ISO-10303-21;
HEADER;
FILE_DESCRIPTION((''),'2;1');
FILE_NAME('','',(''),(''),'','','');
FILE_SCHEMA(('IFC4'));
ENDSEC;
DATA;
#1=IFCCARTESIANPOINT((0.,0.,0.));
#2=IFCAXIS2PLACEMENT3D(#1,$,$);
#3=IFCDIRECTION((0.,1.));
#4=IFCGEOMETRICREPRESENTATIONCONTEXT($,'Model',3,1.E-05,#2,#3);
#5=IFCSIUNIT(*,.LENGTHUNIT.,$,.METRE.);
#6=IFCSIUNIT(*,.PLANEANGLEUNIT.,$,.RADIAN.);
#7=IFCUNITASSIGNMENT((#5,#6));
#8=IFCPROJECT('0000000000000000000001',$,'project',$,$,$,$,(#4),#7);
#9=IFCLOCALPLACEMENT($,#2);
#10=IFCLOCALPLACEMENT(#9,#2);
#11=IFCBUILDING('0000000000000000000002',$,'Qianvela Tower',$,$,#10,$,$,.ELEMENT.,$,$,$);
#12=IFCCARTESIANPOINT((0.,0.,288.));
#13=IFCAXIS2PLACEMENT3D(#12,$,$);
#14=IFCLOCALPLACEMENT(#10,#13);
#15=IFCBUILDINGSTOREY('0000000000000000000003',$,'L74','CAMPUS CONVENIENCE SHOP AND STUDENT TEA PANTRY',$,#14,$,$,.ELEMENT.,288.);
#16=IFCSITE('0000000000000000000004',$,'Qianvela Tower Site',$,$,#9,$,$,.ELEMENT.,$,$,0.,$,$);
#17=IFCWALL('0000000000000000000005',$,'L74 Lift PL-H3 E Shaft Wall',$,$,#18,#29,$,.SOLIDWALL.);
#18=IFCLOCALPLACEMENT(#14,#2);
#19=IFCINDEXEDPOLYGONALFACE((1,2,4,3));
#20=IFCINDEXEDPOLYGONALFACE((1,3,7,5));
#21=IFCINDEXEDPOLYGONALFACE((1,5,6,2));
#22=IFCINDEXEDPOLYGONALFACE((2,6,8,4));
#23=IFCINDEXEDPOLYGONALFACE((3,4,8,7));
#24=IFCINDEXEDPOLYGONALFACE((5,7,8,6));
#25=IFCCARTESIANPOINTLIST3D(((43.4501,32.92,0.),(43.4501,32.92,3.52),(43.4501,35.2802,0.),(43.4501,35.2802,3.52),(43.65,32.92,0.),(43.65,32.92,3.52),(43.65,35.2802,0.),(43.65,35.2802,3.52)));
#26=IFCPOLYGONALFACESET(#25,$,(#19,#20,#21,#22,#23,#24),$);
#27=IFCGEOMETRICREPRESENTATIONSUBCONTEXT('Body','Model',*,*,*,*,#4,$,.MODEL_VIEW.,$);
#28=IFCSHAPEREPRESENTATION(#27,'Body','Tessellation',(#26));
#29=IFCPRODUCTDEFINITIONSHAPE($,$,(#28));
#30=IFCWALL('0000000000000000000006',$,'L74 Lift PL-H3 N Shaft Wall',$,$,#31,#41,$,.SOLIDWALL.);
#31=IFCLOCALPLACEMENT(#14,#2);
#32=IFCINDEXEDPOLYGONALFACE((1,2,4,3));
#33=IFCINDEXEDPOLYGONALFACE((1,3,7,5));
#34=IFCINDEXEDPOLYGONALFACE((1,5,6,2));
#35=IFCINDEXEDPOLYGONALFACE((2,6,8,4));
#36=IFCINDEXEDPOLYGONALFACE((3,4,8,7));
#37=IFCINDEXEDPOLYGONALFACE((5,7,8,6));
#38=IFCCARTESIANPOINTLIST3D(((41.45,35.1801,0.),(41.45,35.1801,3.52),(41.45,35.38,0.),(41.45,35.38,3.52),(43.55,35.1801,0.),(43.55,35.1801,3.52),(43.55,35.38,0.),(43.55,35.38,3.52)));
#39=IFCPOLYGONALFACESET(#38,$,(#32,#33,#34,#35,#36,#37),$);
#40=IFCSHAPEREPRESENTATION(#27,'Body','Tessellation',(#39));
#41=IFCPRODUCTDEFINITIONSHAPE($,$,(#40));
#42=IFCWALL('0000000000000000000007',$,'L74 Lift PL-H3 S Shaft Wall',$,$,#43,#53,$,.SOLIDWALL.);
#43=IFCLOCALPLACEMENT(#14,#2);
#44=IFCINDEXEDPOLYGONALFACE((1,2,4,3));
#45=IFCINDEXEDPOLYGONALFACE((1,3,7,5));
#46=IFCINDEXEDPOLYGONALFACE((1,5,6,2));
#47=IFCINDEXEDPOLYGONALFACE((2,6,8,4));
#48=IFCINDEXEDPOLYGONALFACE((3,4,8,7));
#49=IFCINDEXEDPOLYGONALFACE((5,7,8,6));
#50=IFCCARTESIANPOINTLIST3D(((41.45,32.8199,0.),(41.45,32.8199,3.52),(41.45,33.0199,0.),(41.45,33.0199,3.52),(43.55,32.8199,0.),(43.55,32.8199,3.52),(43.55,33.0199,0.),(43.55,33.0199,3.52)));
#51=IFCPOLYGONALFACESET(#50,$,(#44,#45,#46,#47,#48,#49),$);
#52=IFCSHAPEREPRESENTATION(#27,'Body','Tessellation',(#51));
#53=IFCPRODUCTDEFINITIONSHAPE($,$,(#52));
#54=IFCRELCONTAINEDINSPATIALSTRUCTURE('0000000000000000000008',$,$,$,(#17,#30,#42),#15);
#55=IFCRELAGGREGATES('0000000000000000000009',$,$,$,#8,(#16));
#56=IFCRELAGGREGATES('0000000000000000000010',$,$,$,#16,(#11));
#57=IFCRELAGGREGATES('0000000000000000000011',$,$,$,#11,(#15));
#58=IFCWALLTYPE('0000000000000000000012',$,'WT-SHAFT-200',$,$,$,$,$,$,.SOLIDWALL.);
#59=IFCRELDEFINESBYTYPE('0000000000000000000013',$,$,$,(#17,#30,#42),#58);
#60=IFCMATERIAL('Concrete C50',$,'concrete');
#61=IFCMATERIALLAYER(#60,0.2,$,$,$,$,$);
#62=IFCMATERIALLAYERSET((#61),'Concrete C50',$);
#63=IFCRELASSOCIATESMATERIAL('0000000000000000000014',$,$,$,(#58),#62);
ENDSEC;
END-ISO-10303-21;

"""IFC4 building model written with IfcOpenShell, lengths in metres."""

from ifc_helpers import new_model, si_unit, direction, frame, frame_2d, origin, place, context, subcontext, project, spatial, rectangle, extrude, material, layer, layer_set, type_object, element, save


model = new_model("IFC4")

# Units and contexts
model_context = context("Model", 3, precision=1e-05, world=origin(), true_north=direction((0.0, 1.0)))
body_context = subcontext(model_context, "Body", "Model", "MODEL_VIEW")
ifc_project = project(units=[si_unit("LENGTHUNIT", "METRE"), si_unit("PLANEANGLEUNIT", "RADIAN")], contexts=[model_context])

# Site, building, storey
site_placement = place(None, origin())
site = spatial("IfcSite", under=ifc_project, at=site_placement, Name="Qianvela Tower Site", CompositionType="ELEMENT", RefElevation=0.0)
building_placement = place(site_placement, origin())
building = spatial("IfcBuilding", under=site, at=building_placement, Name="Qianvela Tower", CompositionType="ELEMENT")
storey_placement = place(building_placement, frame((0.0, 0.0, 288.0)))
storey = spatial("IfcBuildingStorey", under=building, at=storey_placement, Name="L74", Description="CAMPUS CONVENIENCE SHOP AND STUDENT TEA PANTRY", CompositionType="ELEMENT", Elevation=288.0)

# Shared definitions
ifc_material_1 = material(Name="Concrete C50", Category="concrete")
ifc_layer_1 = layer(ifc_material_1, 0.2)
ifc_layer_set_1 = layer_set([ifc_layer_1], Name="Concrete C50")
wall_type_1 = type_object("IfcWallType", Name="WT-SHAFT-200", PredefinedType="SOLIDWALL", material=ifc_layer_set_1)

# Wall
wall_1_placement = place(storey_placement, frame((43.55, 32.9199, 0.0), z_axis=(0.0, 0.0, 1.0), x_axis=(0.0, 1.0, 0.0)))
element("IfcWall", 1, at=wall_1_placement, inside=storey, type_object=wall_type_1, Name="L74 Lift PL-H3 E Shaft Wall", PredefinedType="SOLIDWALL", context=body_context, shape_type="SweptSolid", body=[
    extrude(rectangle(XDim=2.3601, YDim=0.2, at=frame_2d((1.1802, 0.0))), origin(), (0.0, 0.0, 1.0), 3.52),
])

# Walls
for number, where, z_axis, x_axis, name in (
    (2, (41.45, 35.28, 0.0), (0.0, 0.0, 1.0), (1.0, 0.0, 0.0), "L74 Lift PL-H3 N Shaft Wall"),
    (3, (41.45, 32.9199, 0.0), (0.0, 0.0, 1.0), (1.0, 0.0, 0.0), "L74 Lift PL-H3 S Shaft Wall"),
):
    element("IfcWall", number, at=place(storey_placement, frame(where, z_axis=z_axis, x_axis=x_axis)), inside=storey, type_object=wall_type_1, Name=name, PredefinedType="SOLIDWALL", context=body_context, shape_type="SweptSolid", body=[
        extrude(rectangle(XDim=2.1001, YDim=0.2, at=frame_2d((1.05, 0.0))), origin(), (0.0, 0.0, 1.0), 3.52),
    ])

save(model, "model.ifc")
